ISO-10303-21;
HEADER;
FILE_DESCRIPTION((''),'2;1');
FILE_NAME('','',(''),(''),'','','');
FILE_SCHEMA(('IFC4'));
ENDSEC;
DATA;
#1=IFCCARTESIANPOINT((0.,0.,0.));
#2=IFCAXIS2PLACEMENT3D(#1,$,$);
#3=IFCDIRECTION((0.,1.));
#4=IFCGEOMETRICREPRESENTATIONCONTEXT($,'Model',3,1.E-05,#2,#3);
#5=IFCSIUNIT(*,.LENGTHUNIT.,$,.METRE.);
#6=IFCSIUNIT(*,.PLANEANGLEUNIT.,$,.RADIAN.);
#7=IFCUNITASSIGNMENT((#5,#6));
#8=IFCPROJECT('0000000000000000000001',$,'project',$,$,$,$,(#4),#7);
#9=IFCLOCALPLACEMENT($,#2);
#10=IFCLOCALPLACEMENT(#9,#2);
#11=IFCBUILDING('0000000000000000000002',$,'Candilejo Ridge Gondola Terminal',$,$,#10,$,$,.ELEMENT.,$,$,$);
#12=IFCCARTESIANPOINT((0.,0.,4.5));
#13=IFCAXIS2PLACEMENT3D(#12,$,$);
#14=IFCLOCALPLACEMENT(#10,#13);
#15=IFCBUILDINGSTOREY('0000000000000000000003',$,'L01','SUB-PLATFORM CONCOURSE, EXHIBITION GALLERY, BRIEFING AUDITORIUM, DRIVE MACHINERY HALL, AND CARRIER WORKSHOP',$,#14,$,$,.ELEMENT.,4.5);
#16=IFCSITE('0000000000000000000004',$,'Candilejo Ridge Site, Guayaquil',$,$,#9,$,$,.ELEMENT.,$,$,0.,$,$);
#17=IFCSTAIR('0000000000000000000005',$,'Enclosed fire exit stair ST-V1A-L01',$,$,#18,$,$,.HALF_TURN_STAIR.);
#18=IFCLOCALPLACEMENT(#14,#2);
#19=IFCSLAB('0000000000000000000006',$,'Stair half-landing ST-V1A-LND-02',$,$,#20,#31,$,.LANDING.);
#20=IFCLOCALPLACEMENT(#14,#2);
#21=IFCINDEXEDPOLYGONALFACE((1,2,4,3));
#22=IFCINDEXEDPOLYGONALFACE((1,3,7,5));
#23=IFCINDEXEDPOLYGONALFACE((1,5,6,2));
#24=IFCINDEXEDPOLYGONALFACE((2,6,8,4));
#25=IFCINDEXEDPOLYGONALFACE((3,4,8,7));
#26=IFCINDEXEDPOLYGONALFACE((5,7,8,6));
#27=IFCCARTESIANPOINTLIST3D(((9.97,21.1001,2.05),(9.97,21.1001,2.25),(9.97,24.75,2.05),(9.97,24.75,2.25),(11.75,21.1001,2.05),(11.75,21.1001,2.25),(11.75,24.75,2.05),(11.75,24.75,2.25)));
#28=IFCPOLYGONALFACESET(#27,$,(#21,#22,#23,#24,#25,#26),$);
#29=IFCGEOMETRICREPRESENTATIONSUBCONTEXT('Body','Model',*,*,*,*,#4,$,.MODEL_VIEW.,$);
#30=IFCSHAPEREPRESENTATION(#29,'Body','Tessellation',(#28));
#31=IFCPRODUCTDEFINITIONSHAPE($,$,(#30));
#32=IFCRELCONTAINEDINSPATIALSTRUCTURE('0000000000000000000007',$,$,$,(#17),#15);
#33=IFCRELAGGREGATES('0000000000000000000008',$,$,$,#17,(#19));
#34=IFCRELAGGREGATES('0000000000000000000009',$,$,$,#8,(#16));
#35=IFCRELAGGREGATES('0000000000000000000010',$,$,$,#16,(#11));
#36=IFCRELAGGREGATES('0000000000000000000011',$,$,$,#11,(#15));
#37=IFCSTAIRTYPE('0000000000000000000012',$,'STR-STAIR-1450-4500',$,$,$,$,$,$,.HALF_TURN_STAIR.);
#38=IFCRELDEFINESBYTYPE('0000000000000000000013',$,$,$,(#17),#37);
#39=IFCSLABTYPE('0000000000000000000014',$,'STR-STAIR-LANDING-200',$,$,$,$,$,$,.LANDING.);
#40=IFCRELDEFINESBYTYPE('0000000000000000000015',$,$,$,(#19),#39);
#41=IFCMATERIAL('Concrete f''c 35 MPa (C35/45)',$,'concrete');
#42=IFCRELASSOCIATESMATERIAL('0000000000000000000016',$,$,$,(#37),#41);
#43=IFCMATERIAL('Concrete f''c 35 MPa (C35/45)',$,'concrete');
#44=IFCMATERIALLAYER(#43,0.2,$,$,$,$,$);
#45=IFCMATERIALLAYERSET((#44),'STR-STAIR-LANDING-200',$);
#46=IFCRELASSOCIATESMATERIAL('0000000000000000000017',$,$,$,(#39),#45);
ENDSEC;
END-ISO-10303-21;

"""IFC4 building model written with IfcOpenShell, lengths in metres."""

from ifc_helpers import new_model, si_unit, direction, frame, origin, place, context, subcontext, project, spatial, polyline, outline, extrude, material, layer, layer_set, type_object, element, aggregate, save


model = new_model("IFC4")

# Units and contexts
model_context = context("Model", 3, precision=1e-05, world=origin(), true_north=direction((0.0, 1.0)))
body_context = subcontext(model_context, "Body", "Model", "MODEL_VIEW")
ifc_project = project(units=[si_unit("LENGTHUNIT", "METRE"), si_unit("PLANEANGLEUNIT", "RADIAN")], contexts=[model_context])

# Site, building, storey
site_placement = place(None, origin())
site = spatial("IfcSite", under=ifc_project, at=site_placement, Name="Candilejo Ridge Site, Guayaquil", CompositionType="ELEMENT", RefElevation=0.0)
building_placement = place(site_placement, origin())
building = spatial("IfcBuilding", under=site, at=building_placement, Name="Candilejo Ridge Gondola Terminal", CompositionType="ELEMENT")
storey_placement = place(building_placement, frame((0.0, 0.0, 4.5)))
storey = spatial("IfcBuildingStorey", under=building, at=storey_placement, Name="L01", Description="SUB-PLATFORM CONCOURSE, EXHIBITION GALLERY, BRIEFING AUDITORIUM, DRIVE MACHINERY HALL, AND CARRIER WORKSHOP", CompositionType="ELEMENT", Elevation=4.5)

# Stair, slab
ifc_material_1 = material(Name="Concrete f'c 35 MPa (C35/45)", Category="concrete")
stair_type = type_object("IfcStairType", Name="STR-STAIR-1450-4500", PredefinedType="HALF_TURN_STAIR", material=ifc_material_1)
stair_placement = place(storey_placement, origin())
stair = element("IfcStair", 1, at=stair_placement, inside=storey, type_object=stair_type, Name="Enclosed fire exit stair ST-V1A-L01", PredefinedType="HALF_TURN_STAIR")
ifc_material_2 = material(Name="Concrete f'c 35 MPa (C35/45)", Category="concrete")
ifc_layer_1 = layer(ifc_material_2, 0.2)
ifc_layer_set_1 = layer_set([ifc_layer_1], Name="STR-STAIR-LANDING-200")
slab_type_1 = type_object("IfcSlabType", Name="STR-STAIR-LANDING-200", PredefinedType="LANDING", material=ifc_layer_set_1)
slab_1_placement = place(storey_placement, frame((0.0, 0.0, 2.05)))
slab_1 = element("IfcSlab", 2, at=slab_1_placement, type_object=slab_type_1, Name="Stair half-landing ST-V1A-LND-02", PredefinedType="LANDING", context=body_context, shape_type="SweptSolid", body=[
    extrude(outline(polyline([(9.97, 21.1001), (11.75, 21.1001), (11.75, 24.75), (9.97, 24.75), (9.97, 21.1001)])), origin(), (0.0, 0.0, 1.0), 0.2),
])
aggregate(stair, [slab_1])

save(model, "model.ifc")
